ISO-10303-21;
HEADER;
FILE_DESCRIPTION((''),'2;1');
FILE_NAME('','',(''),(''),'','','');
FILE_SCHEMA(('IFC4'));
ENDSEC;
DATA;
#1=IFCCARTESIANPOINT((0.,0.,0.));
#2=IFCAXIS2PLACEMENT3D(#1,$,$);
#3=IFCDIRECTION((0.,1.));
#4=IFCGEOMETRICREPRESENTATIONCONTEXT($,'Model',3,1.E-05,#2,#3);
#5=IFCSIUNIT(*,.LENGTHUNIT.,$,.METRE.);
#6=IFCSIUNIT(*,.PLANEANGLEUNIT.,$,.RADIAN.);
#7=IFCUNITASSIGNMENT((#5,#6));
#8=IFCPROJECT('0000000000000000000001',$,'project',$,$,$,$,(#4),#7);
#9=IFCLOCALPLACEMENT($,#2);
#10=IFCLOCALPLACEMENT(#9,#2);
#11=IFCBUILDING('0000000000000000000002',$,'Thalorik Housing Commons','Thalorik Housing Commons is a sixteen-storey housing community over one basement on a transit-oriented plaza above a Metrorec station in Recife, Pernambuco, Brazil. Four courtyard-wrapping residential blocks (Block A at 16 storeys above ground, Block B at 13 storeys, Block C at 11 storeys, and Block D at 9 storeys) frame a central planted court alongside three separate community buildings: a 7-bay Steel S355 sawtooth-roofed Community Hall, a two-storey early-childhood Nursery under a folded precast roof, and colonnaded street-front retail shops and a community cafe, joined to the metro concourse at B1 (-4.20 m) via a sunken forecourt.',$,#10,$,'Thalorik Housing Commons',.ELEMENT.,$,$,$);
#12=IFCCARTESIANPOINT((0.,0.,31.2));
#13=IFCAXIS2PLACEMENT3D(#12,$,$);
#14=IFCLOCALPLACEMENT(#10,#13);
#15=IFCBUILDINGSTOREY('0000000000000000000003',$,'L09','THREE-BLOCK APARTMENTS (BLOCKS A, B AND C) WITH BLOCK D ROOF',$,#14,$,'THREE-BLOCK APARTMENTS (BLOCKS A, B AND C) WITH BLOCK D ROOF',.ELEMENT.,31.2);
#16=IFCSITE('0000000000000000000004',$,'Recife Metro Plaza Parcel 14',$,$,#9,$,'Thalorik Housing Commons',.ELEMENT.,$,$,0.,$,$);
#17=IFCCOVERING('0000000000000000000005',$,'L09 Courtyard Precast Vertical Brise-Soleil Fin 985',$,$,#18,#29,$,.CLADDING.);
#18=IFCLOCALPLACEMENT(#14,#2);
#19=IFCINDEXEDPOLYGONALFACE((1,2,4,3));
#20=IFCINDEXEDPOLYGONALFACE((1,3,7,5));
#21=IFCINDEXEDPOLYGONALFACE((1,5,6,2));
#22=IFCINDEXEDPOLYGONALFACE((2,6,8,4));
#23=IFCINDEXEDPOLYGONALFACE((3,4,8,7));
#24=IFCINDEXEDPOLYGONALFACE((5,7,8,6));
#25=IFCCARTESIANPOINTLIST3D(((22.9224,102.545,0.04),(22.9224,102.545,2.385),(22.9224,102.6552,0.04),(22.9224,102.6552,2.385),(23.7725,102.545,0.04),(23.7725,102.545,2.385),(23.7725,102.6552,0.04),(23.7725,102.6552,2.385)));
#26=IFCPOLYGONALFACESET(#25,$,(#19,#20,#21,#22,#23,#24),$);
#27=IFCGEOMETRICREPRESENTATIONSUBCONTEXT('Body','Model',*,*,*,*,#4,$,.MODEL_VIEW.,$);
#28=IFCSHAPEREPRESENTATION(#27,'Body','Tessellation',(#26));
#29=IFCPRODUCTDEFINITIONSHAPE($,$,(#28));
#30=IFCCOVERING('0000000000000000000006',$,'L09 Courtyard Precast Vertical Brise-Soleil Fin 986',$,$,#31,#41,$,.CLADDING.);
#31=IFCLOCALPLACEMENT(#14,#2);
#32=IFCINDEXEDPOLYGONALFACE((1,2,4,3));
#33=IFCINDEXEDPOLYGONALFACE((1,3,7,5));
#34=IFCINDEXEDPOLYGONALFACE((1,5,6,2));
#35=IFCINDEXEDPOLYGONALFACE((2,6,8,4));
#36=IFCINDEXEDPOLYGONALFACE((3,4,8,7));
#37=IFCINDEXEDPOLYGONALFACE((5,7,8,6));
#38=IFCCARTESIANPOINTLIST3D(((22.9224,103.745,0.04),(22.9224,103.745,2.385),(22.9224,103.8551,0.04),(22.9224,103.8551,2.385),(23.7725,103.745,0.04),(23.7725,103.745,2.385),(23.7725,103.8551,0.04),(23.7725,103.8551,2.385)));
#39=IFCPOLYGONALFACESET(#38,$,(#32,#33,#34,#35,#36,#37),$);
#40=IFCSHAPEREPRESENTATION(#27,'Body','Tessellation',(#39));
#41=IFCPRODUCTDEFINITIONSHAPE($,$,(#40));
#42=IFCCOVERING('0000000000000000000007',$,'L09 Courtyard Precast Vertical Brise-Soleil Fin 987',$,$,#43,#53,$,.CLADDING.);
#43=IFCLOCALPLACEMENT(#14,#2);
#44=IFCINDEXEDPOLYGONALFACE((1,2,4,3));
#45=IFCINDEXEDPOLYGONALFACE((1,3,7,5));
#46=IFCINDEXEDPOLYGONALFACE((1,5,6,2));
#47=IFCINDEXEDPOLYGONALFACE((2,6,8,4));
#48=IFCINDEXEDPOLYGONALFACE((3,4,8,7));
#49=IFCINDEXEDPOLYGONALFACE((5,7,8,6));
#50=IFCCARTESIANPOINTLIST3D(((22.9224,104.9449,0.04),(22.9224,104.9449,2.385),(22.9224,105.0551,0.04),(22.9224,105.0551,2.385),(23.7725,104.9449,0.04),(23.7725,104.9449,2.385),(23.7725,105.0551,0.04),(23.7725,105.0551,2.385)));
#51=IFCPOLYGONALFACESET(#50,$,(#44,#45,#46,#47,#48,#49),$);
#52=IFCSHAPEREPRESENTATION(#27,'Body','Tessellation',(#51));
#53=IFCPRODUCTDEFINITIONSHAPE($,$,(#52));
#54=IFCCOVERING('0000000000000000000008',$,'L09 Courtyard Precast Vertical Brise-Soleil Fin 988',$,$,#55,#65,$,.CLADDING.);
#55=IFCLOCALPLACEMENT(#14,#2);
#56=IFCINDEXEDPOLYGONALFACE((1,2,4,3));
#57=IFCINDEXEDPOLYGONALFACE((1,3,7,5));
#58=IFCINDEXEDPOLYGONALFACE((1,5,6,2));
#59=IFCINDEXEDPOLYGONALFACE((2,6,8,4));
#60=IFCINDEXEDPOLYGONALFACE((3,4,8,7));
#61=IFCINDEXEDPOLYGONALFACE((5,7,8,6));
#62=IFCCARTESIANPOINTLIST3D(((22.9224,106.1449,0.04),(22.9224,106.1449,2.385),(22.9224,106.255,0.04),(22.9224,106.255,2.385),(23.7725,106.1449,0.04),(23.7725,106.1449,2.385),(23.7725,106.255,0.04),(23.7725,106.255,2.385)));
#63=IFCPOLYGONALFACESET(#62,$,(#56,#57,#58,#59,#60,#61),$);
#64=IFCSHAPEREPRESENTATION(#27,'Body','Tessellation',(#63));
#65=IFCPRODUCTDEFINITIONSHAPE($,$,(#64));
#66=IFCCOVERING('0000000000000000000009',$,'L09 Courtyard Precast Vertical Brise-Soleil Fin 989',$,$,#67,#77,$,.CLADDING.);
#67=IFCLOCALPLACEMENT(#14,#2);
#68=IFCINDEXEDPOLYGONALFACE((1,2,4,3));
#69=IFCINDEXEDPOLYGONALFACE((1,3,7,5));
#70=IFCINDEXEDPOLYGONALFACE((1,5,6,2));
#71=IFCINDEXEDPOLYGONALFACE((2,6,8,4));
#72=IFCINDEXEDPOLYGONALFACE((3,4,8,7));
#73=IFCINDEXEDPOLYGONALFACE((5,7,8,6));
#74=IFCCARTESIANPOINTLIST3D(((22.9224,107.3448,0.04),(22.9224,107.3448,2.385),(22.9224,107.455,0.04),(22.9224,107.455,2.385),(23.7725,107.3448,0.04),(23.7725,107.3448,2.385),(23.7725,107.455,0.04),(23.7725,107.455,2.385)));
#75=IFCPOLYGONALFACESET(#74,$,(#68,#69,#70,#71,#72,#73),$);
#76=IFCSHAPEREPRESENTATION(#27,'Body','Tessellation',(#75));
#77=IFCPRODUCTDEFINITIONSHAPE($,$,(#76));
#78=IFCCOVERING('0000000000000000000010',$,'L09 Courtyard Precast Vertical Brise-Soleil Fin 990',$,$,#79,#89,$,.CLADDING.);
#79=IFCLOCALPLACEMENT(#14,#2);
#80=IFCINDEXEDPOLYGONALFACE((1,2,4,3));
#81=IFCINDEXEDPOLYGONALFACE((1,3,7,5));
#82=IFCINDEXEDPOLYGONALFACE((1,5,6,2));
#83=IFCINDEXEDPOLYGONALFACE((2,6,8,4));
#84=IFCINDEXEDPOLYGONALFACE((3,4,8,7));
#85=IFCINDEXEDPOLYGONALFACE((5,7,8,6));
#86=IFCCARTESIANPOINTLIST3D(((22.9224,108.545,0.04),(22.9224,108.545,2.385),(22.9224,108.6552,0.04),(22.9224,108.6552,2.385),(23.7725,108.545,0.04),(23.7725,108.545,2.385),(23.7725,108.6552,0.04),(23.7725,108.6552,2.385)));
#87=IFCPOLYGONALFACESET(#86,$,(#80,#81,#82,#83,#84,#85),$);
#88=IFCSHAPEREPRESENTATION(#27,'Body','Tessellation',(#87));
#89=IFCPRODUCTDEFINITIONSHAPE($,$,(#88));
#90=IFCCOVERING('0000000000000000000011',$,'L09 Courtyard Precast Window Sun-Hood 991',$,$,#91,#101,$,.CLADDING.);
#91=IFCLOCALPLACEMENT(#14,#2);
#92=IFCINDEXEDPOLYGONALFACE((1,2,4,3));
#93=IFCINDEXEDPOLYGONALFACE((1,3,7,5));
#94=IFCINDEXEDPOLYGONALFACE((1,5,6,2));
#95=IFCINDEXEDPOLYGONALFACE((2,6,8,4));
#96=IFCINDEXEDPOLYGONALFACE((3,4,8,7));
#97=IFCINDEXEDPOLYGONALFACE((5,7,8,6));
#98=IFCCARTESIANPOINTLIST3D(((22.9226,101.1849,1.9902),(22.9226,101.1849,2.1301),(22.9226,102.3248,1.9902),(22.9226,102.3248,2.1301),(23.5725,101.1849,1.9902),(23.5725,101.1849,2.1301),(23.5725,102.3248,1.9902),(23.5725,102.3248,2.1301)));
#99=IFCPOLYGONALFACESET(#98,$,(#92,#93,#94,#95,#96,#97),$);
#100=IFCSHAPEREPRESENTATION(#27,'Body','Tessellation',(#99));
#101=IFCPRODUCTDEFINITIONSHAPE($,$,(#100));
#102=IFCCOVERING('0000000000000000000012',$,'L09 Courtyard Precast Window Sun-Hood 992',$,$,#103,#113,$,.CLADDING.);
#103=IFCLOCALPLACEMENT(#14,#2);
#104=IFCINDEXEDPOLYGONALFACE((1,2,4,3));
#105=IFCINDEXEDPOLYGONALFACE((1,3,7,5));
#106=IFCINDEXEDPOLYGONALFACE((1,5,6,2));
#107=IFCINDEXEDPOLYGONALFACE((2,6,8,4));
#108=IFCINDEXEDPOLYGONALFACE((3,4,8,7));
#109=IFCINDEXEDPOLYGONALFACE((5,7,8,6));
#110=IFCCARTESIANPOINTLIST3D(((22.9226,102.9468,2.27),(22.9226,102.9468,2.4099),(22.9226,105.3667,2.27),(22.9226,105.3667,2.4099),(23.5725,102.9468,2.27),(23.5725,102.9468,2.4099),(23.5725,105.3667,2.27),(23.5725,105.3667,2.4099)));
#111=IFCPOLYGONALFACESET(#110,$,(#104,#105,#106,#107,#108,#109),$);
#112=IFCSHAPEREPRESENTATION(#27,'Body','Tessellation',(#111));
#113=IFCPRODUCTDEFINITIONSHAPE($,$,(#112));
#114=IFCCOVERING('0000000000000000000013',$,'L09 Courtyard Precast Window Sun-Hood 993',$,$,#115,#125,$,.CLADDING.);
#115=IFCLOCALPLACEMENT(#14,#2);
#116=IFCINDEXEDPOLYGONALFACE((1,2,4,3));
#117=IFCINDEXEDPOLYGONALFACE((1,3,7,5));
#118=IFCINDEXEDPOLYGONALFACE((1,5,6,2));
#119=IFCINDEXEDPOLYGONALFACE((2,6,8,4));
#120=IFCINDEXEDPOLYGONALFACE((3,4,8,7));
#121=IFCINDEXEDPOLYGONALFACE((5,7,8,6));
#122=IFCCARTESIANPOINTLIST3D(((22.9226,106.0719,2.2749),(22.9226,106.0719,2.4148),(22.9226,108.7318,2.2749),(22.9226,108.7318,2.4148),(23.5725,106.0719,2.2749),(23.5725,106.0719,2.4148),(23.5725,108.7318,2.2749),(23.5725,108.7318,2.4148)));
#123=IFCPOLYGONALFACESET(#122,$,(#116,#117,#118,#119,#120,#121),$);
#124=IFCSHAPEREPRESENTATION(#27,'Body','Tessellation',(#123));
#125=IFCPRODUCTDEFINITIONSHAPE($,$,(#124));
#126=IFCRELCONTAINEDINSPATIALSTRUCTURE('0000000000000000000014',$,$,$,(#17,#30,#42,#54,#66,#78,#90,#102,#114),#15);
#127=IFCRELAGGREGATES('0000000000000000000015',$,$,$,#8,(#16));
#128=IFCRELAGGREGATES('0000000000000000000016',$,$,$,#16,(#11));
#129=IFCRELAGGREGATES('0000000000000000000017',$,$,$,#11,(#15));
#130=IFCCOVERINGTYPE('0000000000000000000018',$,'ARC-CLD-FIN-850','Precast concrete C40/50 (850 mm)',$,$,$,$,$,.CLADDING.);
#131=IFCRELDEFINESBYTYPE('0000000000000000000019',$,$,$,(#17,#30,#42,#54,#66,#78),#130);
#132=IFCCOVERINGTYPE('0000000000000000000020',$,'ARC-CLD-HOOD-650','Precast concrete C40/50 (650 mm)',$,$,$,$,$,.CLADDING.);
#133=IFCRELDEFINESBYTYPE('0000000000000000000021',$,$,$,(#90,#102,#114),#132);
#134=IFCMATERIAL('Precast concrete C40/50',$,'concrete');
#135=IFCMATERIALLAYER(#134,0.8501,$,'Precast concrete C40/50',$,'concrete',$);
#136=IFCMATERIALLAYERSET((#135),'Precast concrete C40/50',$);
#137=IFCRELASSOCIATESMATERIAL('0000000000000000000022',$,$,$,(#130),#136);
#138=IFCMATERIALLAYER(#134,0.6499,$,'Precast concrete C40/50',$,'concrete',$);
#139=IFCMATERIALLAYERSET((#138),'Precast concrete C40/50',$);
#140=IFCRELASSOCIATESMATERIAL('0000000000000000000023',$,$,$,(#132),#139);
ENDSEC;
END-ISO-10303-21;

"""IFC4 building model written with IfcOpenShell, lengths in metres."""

from ifc_helpers import new_model, si_unit, direction, frame, origin, origin_2d, place, context, subcontext, project, spatial, rectangle, extrude, material, layer, layer_set, type_object, element, save


model = new_model("IFC4")

# Units and contexts
model_context = context("Model", 3, precision=1e-05, world=origin(), true_north=direction((0.0, 1.0)))
body_context = subcontext(model_context, "Body", "Model", "MODEL_VIEW")
ifc_project = project(units=[si_unit("LENGTHUNIT", "METRE"), si_unit("PLANEANGLEUNIT", "RADIAN")], contexts=[model_context])

# Site, building, storey
site_placement = place(None, origin())
site = spatial("IfcSite", under=ifc_project, at=site_placement, Name="Recife Metro Plaza Parcel 14", LongName="Thalorik Housing Commons", CompositionType="ELEMENT", RefElevation=0.0)
building_placement = place(site_placement, origin())
building = spatial("IfcBuilding", under=site, at=building_placement, Name="Thalorik Housing Commons", Description="Thalorik Housing Commons is a sixteen-storey housing community over one basement on a transit-oriented plaza above a Metrorec station in Recife, Pernambuco, Brazil. Four courtyard-wrapping residential blocks (Block A at 16 storeys above ground, Block B at 13 storeys, Block C at 11 storeys, and Block D at 9 storeys) frame a central planted court alongside three separate community buildings: a 7-bay Steel S355 sawtooth-roofed Community Hall, a two-storey early-childhood Nursery under a folded precast roof, and colonnaded street-front retail shops and a community cafe, joined to the metro concourse at B1 (-4.20 m) via a sunken forecourt.", LongName="Thalorik Housing Commons", CompositionType="ELEMENT")
storey_placement = place(building_placement, frame((0.0, 0.0, 31.2)))
storey = spatial("IfcBuildingStorey", under=building, at=storey_placement, Name="L09", Description="THREE-BLOCK APARTMENTS (BLOCKS A, B AND C) WITH BLOCK D ROOF", LongName="THREE-BLOCK APARTMENTS (BLOCKS A, B AND C) WITH BLOCK D ROOF", CompositionType="ELEMENT", Elevation=31.2)

# Shared definitions
ifc_material_1 = material(Name="Precast concrete C40/50", Category="concrete")

# Coverings
ifc_layer_1 = layer(ifc_material_1, 0.8501, Name="Precast concrete C40/50", Category="concrete")
ifc_layer_set_1 = layer_set([ifc_layer_1], Name="Precast concrete C40/50")
covering_type_1 = type_object("IfcCoveringType", Name="ARC-CLD-FIN-850", Description="Precast concrete C40/50 (850 mm)", PredefinedType="CLADDING", material=ifc_layer_set_1)
for number, where, z_axis, x_axis, name in (
    (1, (23.3474, 102.6001, 0.04), (0.0, 0.0, 1.0), (0.0, 1.0, 0.0), "L09 Courtyard Precast Vertical Brise-Soleil Fin 985"),
    (2, (23.3474, 103.8, 0.04), (0.0, 0.0, 1.0), (0.0, 1.0, 0.0), "L09 Courtyard Precast Vertical Brise-Soleil Fin 986"),
    (3, (23.3474, 105.0, 0.04), (0.0, 0.0, 1.0), (0.0, 1.0, 0.0), "L09 Courtyard Precast Vertical Brise-Soleil Fin 987"),
    (4, (23.3474, 106.2, 0.04), (0.0, 0.0, 1.0), (0.0, 1.0, 0.0), "L09 Courtyard Precast Vertical Brise-Soleil Fin 988"),
    (5, (23.3474, 107.3999, 0.04), (0.0, 0.0, 1.0), (0.0, 1.0, 0.0), "L09 Courtyard Precast Vertical Brise-Soleil Fin 989"),
    (6, (23.3474, 108.6001, 0.04), (0.0, 0.0, 1.0), (0.0, 1.0, 0.0), "L09 Courtyard Precast Vertical Brise-Soleil Fin 990"),
):
    element("IfcCovering", number, at=place(storey_placement, frame(where, z_axis=z_axis, x_axis=x_axis)), inside=storey, type_object=covering_type_1, Name=name, PredefinedType="CLADDING", context=body_context, shape_type="SweptSolid", body=[
        extrude(rectangle(XDim=0.1101, YDim=0.8501, at=origin_2d()), origin(), (0.0, 0.0, 1.0), 2.345),
    ])
ifc_layer_2 = layer(ifc_material_1, 0.6499, Name="Precast concrete C40/50", Category="concrete")
ifc_layer_set_2 = layer_set([ifc_layer_2], Name="Precast concrete C40/50")
covering_type_2 = type_object("IfcCoveringType", Name="ARC-CLD-HOOD-650", Description="Precast concrete C40/50 (650 mm)", PredefinedType="CLADDING", material=ifc_layer_set_2)
covering_1_placement = place(storey_placement, frame((23.2476, 101.7549, 1.9902), z_axis=(0.0, 0.0, 1.0), x_axis=(0.0, 1.0, 0.0)))
element("IfcCovering", 7, at=covering_1_placement, inside=storey, type_object=covering_type_2, Name="L09 Courtyard Precast Window Sun-Hood 991", PredefinedType="CLADDING", context=body_context, shape_type="SweptSolid", body=[
    extrude(rectangle(XDim=1.1399, YDim=0.6499, at=origin_2d()), origin(), (0.0, 0.0, 1.0), 0.1399),
])
covering_2_placement = place(storey_placement, frame((23.2476, 104.1567, 2.27), z_axis=(0.0, 0.0, 1.0), x_axis=(0.0, 1.0, 0.0)))
element("IfcCovering", 8, at=covering_2_placement, inside=storey, type_object=covering_type_2, Name="L09 Courtyard Precast Window Sun-Hood 992", PredefinedType="CLADDING", context=body_context, shape_type="SweptSolid", body=[
    extrude(rectangle(XDim=2.4199, YDim=0.6499, at=origin_2d()), origin(), (0.0, 0.0, 1.0), 0.1399),
])
covering_3_placement = place(storey_placement, frame((23.2476, 107.4019, 2.2749), z_axis=(0.0, 0.0, 1.0), x_axis=(0.0, 1.0, 0.0)))
element("IfcCovering", 9, at=covering_3_placement, inside=storey, type_object=covering_type_2, Name="L09 Courtyard Precast Window Sun-Hood 993", PredefinedType="CLADDING", context=body_context, shape_type="SweptSolid", body=[
    extrude(rectangle(XDim=2.6599, YDim=0.6499, at=origin_2d()), origin(), (0.0, 0.0, 1.0), 0.1399),
])

save(model, "model.ifc")
